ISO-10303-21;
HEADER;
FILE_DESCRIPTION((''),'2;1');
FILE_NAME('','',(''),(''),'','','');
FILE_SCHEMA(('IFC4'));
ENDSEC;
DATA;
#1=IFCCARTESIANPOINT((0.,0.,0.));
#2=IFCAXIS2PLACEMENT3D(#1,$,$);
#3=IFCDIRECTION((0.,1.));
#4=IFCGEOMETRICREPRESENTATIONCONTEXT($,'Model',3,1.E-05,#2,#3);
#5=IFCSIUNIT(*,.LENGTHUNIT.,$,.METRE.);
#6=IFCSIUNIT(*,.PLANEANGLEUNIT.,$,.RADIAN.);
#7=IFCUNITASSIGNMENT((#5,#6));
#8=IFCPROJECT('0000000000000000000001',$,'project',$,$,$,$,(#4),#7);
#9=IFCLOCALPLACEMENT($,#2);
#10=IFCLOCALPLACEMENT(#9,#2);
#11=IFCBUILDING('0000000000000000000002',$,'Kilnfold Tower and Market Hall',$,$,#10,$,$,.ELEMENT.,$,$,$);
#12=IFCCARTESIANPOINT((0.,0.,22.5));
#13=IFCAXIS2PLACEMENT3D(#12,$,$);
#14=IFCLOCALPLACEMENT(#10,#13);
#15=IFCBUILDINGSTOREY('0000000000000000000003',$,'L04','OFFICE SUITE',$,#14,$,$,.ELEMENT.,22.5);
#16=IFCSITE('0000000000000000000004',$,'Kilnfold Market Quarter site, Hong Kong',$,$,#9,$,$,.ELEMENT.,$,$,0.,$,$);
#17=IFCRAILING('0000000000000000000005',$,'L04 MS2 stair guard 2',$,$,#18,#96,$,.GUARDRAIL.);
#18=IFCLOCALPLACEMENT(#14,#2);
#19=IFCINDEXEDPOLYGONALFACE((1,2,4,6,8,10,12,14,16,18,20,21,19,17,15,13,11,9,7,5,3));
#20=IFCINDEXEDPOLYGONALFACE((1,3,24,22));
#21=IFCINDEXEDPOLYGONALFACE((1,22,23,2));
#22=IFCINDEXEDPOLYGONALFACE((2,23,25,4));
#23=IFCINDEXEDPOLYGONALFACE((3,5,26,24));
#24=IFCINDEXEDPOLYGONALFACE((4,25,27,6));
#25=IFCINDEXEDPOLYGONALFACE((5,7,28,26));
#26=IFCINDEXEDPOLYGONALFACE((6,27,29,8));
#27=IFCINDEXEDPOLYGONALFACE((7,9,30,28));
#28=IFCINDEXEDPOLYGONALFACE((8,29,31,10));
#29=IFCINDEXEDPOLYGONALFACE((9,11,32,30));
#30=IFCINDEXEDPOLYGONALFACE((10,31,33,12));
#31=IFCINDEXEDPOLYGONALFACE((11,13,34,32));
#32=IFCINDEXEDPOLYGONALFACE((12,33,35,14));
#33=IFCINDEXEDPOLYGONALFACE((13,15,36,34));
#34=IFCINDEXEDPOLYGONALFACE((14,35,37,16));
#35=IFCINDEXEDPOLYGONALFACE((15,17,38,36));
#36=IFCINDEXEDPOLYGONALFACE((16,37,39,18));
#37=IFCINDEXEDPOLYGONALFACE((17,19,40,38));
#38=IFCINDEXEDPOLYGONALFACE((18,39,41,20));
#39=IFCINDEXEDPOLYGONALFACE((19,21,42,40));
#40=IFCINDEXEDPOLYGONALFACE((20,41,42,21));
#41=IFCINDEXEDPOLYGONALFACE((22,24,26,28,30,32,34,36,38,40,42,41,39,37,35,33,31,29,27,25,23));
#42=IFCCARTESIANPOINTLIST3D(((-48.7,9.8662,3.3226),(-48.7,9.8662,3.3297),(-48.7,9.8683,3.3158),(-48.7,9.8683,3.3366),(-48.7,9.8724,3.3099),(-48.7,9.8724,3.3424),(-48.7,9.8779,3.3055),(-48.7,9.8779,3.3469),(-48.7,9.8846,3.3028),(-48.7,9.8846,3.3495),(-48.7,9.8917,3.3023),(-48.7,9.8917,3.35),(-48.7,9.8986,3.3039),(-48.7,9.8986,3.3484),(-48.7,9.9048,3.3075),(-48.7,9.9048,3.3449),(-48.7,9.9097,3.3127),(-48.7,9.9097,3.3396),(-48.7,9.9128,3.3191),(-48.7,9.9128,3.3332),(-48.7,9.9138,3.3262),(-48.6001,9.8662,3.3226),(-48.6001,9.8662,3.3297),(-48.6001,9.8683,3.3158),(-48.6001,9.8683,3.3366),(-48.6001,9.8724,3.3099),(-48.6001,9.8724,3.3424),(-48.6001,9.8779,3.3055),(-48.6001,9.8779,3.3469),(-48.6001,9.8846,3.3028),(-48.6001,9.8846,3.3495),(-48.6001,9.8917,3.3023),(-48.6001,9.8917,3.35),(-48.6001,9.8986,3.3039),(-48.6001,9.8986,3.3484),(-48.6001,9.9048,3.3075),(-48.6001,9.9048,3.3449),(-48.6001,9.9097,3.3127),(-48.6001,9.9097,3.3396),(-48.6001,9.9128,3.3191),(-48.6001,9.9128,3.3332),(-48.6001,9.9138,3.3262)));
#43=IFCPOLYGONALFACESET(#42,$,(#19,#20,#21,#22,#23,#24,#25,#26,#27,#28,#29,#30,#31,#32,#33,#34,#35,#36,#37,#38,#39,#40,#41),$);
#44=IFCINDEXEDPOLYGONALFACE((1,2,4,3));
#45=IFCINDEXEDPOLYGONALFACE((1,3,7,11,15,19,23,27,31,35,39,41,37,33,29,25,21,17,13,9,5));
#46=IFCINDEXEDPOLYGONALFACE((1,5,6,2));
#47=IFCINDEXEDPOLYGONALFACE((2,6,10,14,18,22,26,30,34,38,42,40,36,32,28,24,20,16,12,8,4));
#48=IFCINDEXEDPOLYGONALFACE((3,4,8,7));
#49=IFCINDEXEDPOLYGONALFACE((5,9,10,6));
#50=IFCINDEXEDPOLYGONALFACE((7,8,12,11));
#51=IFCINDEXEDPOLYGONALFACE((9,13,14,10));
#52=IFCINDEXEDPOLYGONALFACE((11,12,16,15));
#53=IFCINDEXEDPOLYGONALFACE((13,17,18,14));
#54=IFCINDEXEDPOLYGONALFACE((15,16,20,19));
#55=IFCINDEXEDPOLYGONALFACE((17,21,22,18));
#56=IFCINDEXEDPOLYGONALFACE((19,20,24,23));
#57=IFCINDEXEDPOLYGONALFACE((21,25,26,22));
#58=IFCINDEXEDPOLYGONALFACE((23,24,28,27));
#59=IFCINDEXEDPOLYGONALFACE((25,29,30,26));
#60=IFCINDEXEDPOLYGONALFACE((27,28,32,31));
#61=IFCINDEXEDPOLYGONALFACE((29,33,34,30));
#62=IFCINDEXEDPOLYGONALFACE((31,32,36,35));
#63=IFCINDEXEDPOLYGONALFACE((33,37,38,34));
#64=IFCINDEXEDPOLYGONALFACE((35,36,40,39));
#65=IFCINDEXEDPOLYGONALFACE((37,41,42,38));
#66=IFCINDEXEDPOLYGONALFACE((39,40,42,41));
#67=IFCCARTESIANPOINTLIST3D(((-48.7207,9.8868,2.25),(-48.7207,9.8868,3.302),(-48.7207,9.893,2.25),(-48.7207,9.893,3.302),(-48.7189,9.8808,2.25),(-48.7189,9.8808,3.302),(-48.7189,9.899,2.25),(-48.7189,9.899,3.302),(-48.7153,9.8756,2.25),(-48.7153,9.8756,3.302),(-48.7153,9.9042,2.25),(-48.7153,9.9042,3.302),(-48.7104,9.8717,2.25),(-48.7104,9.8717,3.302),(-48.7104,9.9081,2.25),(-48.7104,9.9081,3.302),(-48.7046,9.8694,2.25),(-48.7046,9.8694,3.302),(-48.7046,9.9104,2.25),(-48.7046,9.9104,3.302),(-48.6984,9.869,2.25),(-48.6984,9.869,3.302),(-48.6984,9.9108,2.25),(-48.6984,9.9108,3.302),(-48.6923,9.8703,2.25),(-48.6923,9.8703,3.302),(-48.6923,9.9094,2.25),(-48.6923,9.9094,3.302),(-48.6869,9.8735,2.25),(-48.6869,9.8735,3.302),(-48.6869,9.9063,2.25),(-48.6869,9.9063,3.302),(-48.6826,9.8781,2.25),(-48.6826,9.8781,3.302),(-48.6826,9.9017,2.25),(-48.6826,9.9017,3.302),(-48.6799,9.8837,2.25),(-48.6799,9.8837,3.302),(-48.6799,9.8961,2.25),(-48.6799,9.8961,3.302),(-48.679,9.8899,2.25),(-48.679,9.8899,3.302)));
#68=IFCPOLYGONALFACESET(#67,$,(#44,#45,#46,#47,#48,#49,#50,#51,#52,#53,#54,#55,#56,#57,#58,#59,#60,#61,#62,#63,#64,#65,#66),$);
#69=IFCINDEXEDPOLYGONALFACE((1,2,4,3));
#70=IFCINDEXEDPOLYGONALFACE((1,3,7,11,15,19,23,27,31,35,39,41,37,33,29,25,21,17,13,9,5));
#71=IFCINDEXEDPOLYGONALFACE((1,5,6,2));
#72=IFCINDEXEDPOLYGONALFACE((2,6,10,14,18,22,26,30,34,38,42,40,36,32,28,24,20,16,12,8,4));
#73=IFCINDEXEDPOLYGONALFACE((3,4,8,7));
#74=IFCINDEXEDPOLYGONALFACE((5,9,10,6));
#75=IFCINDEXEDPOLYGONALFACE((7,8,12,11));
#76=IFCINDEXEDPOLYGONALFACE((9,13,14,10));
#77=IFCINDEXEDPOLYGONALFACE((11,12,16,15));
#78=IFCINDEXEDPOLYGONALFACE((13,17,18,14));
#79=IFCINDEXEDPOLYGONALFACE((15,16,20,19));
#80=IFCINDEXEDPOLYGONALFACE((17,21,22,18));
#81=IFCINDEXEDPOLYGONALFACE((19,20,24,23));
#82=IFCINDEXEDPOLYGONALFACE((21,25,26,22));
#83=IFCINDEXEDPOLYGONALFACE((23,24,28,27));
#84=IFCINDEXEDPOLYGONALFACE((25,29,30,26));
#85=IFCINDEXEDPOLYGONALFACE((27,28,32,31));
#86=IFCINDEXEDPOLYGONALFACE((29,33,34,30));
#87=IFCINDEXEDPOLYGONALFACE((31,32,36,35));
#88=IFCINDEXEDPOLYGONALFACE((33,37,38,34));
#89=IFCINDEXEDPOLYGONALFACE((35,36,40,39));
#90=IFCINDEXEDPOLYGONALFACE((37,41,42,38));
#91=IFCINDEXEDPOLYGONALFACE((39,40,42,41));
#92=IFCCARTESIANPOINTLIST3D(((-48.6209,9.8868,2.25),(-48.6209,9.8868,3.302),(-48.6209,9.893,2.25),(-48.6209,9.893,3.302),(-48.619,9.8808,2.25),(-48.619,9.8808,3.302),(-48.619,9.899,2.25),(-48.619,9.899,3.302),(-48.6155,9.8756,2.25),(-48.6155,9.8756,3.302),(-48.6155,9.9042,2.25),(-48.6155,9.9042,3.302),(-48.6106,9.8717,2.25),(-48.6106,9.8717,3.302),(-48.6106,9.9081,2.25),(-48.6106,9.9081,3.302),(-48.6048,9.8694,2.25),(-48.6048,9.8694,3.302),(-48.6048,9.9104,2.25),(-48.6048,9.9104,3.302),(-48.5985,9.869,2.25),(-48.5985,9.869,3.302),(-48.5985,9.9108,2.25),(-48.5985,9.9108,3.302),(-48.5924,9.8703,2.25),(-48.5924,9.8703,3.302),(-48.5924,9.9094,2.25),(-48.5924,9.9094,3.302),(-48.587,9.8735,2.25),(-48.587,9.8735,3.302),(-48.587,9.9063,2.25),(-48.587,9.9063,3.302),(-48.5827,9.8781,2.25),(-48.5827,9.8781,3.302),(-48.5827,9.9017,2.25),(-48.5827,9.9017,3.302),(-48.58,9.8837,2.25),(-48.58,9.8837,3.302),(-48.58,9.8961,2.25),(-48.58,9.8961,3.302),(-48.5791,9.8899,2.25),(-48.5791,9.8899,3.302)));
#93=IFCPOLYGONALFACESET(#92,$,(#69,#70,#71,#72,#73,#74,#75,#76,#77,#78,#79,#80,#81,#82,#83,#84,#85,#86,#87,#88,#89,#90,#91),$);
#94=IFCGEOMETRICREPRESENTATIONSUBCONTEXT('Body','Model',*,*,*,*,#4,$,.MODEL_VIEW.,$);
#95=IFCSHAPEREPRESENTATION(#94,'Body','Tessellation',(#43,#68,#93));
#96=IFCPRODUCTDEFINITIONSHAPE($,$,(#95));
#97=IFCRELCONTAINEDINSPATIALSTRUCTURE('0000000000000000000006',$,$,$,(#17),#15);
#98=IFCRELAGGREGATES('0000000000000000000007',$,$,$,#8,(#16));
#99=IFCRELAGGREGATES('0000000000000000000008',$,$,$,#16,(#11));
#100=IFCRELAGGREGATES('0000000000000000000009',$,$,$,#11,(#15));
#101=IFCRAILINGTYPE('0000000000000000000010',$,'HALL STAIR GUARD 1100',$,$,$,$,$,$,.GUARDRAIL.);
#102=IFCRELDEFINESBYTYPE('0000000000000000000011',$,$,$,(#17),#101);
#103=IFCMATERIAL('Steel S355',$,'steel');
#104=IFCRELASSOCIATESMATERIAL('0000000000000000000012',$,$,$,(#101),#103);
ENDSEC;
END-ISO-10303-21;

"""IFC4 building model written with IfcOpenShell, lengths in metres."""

from ifc_helpers import new_model, si_unit, direction, frame, origin, origin_2d, place, context, subcontext, project, spatial, circle, extrude, material, type_object, element, save


model = new_model("IFC4")

# Units and contexts
model_context = context("Model", 3, precision=1e-05, world=origin(), true_north=direction((0.0, 1.0)))
body_context = subcontext(model_context, "Body", "Model", "MODEL_VIEW")
ifc_project = project(units=[si_unit("LENGTHUNIT", "METRE"), si_unit("PLANEANGLEUNIT", "RADIAN")], contexts=[model_context])

# Site, building, storey
site_placement = place(None, origin())
site = spatial("IfcSite", under=ifc_project, at=site_placement, Name="Kilnfold Market Quarter site, Hong Kong", CompositionType="ELEMENT", RefElevation=0.0)
building_placement = place(site_placement, origin())
building = spatial("IfcBuilding", under=site, at=building_placement, Name="Kilnfold Tower and Market Hall", CompositionType="ELEMENT")
storey_placement = place(building_placement, frame((0.0, 0.0, 22.5)))
storey = spatial("IfcBuildingStorey", under=building, at=storey_placement, Name="L04", Description="OFFICE SUITE", CompositionType="ELEMENT", Elevation=22.5)

# Railing
ifc_material_1 = material(Name="Steel S355", Category="steel")
railing_type_1 = type_object("IfcRailingType", Name="HALL STAIR GUARD 1100", PredefinedType="GUARDRAIL", material=ifc_material_1)
railing_1_placement = place(storey_placement, frame((-48.7, 9.8899, 2.25)))
element("IfcRailing", 1, at=railing_1_placement, inside=storey, type_object=railing_type_1, Name="L04 MS2 stair guard 2", PredefinedType="GUARDRAIL", context=body_context, shape_type="SweptSolid", body=[
    extrude(circle(Radius=0.0239, at=origin_2d()), frame((0.0, 0.0, 1.0762), z_axis=(1.0, 0.0, 0.0), x_axis=(0.0, 1.0, 0.0)), (0.0, 0.0, 1.0), 0.0999),
    extrude(circle(Radius=0.021, at=origin_2d()), origin(), (0.0, 0.0, 1.0), 1.052),
    extrude(circle(Radius=0.021, at=origin_2d()), frame((0.0999, 0.0, 0.0)), (0.0, 0.0, 1.0), 1.052),
])

save(model, "model.ifc")
